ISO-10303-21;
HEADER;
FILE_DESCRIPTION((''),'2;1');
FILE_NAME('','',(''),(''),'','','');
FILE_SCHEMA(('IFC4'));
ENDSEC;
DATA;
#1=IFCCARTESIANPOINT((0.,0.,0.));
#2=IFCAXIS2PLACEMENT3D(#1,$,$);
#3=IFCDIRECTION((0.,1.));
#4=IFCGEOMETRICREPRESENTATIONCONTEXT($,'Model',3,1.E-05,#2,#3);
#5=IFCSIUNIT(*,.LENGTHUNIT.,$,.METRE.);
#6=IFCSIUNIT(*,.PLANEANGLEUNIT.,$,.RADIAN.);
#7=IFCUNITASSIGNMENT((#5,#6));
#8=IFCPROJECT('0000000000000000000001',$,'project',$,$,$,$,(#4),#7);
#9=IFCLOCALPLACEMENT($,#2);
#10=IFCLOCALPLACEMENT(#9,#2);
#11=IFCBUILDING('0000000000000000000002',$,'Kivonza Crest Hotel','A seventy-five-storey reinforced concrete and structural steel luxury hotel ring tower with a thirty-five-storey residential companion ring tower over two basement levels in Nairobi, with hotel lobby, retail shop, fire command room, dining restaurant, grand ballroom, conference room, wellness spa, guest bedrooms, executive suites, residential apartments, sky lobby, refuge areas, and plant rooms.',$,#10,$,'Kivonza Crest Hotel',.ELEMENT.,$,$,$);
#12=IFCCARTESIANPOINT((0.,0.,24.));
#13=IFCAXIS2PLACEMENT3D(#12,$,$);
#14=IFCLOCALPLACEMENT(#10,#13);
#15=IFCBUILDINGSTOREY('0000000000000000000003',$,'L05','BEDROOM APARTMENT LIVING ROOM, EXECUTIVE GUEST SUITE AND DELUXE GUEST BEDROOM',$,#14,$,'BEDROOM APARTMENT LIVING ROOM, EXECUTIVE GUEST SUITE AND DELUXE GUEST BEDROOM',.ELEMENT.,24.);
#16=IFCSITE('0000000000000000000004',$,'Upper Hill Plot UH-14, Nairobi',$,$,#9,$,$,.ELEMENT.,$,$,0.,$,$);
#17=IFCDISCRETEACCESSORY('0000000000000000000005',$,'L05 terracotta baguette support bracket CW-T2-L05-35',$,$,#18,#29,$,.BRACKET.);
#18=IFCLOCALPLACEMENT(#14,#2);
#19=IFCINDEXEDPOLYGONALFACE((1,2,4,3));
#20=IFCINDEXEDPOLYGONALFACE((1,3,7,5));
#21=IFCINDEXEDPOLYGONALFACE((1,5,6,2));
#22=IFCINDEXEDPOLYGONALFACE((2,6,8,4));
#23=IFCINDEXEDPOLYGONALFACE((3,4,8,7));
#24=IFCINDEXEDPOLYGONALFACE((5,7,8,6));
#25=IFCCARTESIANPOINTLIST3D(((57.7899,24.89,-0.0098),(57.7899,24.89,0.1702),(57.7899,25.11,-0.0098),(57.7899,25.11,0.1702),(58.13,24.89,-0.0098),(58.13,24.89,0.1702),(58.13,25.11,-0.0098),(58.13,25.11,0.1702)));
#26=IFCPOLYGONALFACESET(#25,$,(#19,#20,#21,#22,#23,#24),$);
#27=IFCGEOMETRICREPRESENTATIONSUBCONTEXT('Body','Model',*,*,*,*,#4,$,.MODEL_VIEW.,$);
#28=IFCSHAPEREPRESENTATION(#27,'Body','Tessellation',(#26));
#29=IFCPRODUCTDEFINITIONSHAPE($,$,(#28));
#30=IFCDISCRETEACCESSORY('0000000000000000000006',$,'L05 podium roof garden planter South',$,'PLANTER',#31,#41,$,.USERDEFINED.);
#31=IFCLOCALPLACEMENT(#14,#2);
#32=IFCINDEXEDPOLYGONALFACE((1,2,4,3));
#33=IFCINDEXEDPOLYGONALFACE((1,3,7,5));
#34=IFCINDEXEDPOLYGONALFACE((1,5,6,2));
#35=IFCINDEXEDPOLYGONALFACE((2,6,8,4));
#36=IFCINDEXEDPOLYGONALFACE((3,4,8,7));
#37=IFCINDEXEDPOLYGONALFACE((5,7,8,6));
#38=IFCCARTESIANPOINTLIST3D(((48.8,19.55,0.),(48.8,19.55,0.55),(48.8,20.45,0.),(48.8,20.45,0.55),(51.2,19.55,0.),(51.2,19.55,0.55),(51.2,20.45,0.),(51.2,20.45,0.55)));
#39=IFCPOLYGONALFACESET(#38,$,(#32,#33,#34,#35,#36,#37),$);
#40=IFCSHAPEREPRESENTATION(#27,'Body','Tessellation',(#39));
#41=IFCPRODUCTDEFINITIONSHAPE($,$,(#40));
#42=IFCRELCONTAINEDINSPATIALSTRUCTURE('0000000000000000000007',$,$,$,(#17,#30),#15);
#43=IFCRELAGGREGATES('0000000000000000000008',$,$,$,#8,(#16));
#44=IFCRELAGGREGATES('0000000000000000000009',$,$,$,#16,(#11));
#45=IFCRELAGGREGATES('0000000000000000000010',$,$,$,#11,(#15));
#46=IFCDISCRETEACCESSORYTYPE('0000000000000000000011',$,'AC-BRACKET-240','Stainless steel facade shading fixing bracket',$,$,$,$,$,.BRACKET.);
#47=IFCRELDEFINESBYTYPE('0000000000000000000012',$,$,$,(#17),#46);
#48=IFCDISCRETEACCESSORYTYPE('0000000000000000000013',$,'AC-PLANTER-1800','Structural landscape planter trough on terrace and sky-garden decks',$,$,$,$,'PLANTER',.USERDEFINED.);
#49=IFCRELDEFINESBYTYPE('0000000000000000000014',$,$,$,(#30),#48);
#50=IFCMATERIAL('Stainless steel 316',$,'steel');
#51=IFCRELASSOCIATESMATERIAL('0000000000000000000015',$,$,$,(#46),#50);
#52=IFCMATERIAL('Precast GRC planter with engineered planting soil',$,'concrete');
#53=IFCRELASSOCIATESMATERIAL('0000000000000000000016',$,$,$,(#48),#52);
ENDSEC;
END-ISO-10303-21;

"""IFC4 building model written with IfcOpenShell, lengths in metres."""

from ifc_helpers import new_model, si_unit, direction, frame, origin, origin_2d, place, context, subcontext, project, spatial, rectangle, extrude, material, type_object, element, save


model = new_model("IFC4")

# Units and contexts
model_context = context("Model", 3, precision=1e-05, world=origin(), true_north=direction((0.0, 1.0)))
body_context = subcontext(model_context, "Body", "Model", "MODEL_VIEW")
ifc_project = project(units=[si_unit("LENGTHUNIT", "METRE"), si_unit("PLANEANGLEUNIT", "RADIAN")], contexts=[model_context])

# Site, building, storey
site_placement = place(None, origin())
site = spatial("IfcSite", under=ifc_project, at=site_placement, Name="Upper Hill Plot UH-14, Nairobi", CompositionType="ELEMENT", RefElevation=0.0)
building_placement = place(site_placement, origin())
building = spatial("IfcBuilding", under=site, at=building_placement, Name="Kivonza Crest Hotel", Description="A seventy-five-storey reinforced concrete and structural steel luxury hotel ring tower with a thirty-five-storey residential companion ring tower over two basement levels in Nairobi, with hotel lobby, retail shop, fire command room, dining restaurant, grand ballroom, conference room, wellness spa, guest bedrooms, executive suites, residential apartments, sky lobby, refuge areas, and plant rooms.", LongName="Kivonza Crest Hotel", CompositionType="ELEMENT")
storey_placement = place(building_placement, frame((0.0, 0.0, 24.0)))
storey = spatial("IfcBuildingStorey", under=building, at=storey_placement, Name="L05", Description="BEDROOM APARTMENT LIVING ROOM, EXECUTIVE GUEST SUITE AND DELUXE GUEST BEDROOM", LongName="BEDROOM APARTMENT LIVING ROOM, EXECUTIVE GUEST SUITE AND DELUXE GUEST BEDROOM", CompositionType="ELEMENT", Elevation=24.0)

# Discrete accessories
ifc_material_1 = material(Name="Stainless steel 316", Category="steel")
discrete_accessory_type_1 = type_object("IfcDiscreteAccessoryType", Name="AC-BRACKET-240", Description="Stainless steel facade shading fixing bracket", PredefinedType="BRACKET", material=ifc_material_1)
discrete_accessory_1_placement = place(storey_placement, frame((57.96, 25.0, -0.0098), z_axis=(0.0, 0.0, 1.0), x_axis=(0.0, -1.0, 0.0)))
element("IfcDiscreteAccessory", 1, at=discrete_accessory_1_placement, inside=storey, type_object=discrete_accessory_type_1, Name="L05 terracotta baguette support bracket CW-T2-L05-35", PredefinedType="BRACKET", context=body_context, shape_type="SweptSolid", body=[
    extrude(rectangle(XDim=0.22, YDim=0.3401, at=origin_2d()), origin(), (0.0, 0.0, 1.0), 0.1799),
])
ifc_material_2 = material(Name="Precast GRC planter with engineered planting soil", Category="concrete")
discrete_accessory_type_2 = type_object("IfcDiscreteAccessoryType", Name="AC-PLANTER-1800", Description="Structural landscape planter trough on terrace and sky-garden decks", ElementType="PLANTER", PredefinedType="USERDEFINED", material=ifc_material_2)
discrete_accessory_2_placement = place(storey_placement, frame((50.0, 20.0, 0.0), z_axis=(0.0, 0.0, 1.0), x_axis=(1.0, 0.0, 0.0)))
element("IfcDiscreteAccessory", 2, at=discrete_accessory_2_placement, inside=storey, type_object=discrete_accessory_type_2, Name="L05 podium roof garden planter South", ObjectType="PLANTER", PredefinedType="USERDEFINED", context=body_context, shape_type="SweptSolid", body=[
    extrude(rectangle(XDim=2.3999, YDim=0.8999, at=origin_2d()), origin(), (0.0, 0.0, 1.0), 0.55),
])

save(model, "model.ifc")
